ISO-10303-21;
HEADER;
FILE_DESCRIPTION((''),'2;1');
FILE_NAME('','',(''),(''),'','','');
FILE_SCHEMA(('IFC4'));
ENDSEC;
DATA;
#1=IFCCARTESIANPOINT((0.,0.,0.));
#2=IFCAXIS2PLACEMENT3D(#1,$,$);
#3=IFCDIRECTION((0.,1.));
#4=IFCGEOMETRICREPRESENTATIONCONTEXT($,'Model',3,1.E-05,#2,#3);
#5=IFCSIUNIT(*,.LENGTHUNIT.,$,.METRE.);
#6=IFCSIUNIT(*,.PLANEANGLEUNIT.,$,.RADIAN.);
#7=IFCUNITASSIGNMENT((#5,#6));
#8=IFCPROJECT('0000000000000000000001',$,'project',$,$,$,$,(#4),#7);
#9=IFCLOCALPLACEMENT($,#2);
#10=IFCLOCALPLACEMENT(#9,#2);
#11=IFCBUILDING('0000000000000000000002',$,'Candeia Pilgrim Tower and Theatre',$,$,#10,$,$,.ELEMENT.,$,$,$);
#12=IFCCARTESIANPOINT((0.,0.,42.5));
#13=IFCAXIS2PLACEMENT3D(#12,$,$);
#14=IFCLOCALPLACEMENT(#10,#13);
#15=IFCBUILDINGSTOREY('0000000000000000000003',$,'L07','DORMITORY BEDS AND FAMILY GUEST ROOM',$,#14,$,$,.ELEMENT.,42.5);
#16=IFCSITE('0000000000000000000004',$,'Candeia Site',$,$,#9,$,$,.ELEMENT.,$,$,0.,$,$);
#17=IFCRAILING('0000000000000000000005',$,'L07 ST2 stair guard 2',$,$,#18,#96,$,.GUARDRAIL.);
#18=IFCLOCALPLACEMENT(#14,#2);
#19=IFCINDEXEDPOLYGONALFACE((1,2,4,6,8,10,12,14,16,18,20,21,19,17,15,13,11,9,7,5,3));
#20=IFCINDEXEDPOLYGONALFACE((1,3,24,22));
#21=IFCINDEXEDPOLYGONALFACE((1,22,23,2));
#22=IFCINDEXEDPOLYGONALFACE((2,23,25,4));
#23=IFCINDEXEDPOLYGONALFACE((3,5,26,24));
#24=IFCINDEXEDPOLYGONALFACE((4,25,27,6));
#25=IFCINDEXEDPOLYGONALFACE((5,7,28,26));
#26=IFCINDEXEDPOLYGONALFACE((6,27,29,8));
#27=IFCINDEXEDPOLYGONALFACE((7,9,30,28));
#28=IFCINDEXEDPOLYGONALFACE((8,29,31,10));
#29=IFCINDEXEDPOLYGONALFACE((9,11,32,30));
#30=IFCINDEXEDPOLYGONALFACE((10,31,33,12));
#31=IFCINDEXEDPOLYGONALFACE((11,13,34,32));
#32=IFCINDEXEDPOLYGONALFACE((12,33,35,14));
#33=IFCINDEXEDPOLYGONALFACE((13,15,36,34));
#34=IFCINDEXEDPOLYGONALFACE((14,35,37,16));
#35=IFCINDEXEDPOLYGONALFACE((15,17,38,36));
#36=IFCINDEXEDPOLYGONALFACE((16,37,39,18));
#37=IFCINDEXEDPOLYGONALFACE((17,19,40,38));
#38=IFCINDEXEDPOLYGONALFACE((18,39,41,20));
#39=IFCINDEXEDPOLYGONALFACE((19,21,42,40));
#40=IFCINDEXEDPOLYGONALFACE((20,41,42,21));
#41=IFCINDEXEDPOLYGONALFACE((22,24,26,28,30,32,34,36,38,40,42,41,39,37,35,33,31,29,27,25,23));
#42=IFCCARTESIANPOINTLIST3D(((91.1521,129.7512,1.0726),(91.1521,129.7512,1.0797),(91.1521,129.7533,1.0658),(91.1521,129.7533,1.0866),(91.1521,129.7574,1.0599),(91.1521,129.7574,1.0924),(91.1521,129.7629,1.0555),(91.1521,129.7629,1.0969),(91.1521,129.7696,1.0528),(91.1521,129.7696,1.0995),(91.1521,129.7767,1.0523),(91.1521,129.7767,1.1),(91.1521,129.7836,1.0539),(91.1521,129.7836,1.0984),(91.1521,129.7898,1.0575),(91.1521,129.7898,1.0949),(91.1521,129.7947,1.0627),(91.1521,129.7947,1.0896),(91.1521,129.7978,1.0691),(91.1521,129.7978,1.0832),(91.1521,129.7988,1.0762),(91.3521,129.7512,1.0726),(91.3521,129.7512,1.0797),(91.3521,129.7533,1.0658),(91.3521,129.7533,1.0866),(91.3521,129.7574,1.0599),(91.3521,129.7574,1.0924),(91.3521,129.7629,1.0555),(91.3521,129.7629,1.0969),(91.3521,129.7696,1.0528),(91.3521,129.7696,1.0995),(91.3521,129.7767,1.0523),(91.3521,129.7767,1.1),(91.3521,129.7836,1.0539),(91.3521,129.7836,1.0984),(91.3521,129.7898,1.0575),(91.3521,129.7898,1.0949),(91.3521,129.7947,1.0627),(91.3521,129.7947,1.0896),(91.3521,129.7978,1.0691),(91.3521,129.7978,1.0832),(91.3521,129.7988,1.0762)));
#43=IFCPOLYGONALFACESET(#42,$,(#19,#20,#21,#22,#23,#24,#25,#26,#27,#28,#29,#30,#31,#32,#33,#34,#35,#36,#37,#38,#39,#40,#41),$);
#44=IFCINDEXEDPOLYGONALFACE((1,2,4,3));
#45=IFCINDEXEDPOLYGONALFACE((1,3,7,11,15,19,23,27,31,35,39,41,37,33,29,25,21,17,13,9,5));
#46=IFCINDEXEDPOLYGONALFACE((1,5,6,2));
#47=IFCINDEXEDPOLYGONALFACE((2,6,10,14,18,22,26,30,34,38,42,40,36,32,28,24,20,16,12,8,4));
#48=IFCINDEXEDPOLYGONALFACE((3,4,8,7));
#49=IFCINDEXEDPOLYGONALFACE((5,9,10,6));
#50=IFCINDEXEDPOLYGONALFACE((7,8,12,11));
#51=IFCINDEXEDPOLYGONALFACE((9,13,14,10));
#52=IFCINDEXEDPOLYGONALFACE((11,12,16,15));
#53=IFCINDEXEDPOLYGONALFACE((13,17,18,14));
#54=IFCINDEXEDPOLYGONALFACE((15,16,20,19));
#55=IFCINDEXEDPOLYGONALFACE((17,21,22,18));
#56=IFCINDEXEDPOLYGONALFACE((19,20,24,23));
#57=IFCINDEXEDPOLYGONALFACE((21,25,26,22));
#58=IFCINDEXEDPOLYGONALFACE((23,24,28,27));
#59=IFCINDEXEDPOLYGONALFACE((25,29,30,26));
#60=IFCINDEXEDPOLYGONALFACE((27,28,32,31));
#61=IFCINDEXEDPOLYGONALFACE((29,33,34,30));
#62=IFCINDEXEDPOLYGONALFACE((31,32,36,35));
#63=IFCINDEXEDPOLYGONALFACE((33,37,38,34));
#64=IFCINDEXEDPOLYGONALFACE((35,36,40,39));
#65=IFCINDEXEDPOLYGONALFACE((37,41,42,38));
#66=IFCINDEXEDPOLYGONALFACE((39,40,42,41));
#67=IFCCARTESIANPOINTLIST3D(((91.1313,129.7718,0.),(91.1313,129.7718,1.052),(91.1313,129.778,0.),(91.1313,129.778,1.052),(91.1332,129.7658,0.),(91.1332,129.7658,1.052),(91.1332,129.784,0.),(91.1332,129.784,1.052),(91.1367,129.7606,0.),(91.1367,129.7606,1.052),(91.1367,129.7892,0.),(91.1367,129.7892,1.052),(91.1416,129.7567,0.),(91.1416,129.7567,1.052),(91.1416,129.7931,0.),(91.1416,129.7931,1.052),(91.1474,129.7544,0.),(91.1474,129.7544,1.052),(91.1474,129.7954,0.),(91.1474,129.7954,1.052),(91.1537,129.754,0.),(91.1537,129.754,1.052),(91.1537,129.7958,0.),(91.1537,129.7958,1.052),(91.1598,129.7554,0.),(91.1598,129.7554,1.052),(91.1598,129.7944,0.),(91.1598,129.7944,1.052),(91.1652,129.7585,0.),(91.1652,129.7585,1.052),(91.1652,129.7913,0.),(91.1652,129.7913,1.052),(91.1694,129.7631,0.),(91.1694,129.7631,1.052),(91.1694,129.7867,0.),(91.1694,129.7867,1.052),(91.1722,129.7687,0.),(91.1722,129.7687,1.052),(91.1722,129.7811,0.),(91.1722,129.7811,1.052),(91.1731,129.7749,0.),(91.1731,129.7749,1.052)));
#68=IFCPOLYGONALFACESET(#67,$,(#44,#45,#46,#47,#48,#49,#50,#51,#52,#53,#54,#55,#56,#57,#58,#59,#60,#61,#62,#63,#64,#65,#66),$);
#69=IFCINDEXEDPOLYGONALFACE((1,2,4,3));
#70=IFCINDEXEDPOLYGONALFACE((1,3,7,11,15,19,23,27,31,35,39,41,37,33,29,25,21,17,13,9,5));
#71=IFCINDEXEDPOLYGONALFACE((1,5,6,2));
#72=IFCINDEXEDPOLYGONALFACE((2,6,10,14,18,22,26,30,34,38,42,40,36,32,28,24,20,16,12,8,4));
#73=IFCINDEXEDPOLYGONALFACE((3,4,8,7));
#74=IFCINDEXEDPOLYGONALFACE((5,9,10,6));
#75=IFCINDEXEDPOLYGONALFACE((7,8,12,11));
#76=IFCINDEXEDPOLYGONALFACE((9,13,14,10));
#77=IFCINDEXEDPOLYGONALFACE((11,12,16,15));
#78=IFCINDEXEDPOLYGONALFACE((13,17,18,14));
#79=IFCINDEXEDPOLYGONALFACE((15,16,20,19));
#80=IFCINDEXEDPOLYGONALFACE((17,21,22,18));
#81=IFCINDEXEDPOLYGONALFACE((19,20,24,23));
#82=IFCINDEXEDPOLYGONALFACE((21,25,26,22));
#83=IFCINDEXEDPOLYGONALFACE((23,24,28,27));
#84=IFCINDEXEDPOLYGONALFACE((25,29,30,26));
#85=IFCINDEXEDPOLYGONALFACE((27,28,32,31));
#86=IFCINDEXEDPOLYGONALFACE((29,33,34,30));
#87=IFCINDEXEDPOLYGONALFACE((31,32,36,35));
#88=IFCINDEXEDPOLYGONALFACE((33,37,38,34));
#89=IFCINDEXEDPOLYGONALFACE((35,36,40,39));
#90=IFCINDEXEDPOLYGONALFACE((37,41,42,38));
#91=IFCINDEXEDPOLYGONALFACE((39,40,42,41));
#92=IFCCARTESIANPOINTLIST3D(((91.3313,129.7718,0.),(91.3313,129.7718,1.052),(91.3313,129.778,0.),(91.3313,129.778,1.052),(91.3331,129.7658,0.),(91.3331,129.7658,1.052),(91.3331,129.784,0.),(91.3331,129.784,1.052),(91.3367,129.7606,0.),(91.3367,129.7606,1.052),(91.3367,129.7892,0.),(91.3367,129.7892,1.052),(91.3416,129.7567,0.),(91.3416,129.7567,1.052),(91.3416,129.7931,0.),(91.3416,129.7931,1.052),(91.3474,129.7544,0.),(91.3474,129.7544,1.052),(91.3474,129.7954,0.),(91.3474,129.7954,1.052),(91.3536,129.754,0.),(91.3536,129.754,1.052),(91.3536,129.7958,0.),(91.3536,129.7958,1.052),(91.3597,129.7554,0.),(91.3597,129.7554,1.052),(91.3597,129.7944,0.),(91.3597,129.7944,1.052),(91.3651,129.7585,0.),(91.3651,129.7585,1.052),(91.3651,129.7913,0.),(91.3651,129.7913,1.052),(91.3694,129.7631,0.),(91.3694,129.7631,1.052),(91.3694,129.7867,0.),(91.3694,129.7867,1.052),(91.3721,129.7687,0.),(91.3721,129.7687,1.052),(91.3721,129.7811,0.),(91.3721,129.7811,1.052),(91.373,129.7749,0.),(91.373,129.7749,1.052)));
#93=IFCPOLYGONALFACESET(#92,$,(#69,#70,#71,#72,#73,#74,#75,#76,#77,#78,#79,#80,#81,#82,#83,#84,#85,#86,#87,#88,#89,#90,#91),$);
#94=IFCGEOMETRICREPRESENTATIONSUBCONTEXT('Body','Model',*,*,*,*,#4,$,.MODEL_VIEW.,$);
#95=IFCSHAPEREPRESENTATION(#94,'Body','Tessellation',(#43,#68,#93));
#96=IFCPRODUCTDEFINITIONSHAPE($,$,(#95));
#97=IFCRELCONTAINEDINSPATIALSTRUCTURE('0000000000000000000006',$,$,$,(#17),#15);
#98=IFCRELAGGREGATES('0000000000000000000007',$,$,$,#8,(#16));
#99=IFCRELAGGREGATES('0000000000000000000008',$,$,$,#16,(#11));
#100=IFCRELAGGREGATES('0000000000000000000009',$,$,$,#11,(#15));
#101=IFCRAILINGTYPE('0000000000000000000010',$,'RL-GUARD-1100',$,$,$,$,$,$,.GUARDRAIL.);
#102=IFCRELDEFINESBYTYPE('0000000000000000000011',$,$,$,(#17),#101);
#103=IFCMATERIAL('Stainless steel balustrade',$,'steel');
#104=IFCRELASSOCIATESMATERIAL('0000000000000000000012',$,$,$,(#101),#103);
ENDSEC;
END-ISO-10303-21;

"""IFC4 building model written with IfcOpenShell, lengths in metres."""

from ifc_helpers import new_model, si_unit, direction, frame, origin, origin_2d, place, context, subcontext, project, spatial, circle, extrude, material, type_object, element, save


model = new_model("IFC4")

# Units and contexts
model_context = context("Model", 3, precision=1e-05, world=origin(), true_north=direction((0.0, 1.0)))
body_context = subcontext(model_context, "Body", "Model", "MODEL_VIEW")
ifc_project = project(units=[si_unit("LENGTHUNIT", "METRE"), si_unit("PLANEANGLEUNIT", "RADIAN")], contexts=[model_context])

# Site, building, storey
site_placement = place(None, origin())
site = spatial("IfcSite", under=ifc_project, at=site_placement, Name="Candeia Site", CompositionType="ELEMENT", RefElevation=0.0)
building_placement = place(site_placement, origin())
building = spatial("IfcBuilding", under=site, at=building_placement, Name="Candeia Pilgrim Tower and Theatre", CompositionType="ELEMENT")
storey_placement = place(building_placement, frame((0.0, 0.0, 42.5)))
storey = spatial("IfcBuildingStorey", under=building, at=storey_placement, Name="L07", Description="DORMITORY BEDS AND FAMILY GUEST ROOM", CompositionType="ELEMENT", Elevation=42.5)

# Railing
ifc_material_1 = material(Name="Stainless steel balustrade", Category="steel")
railing_type_1 = type_object("IfcRailingType", Name="RL-GUARD-1100", PredefinedType="GUARDRAIL", material=ifc_material_1)
railing_1_placement = place(storey_placement, frame((91.1521, 129.7749, 0.0)))
element("IfcRailing", 1, at=railing_1_placement, inside=storey, type_object=railing_type_1, Name="L07 ST2 stair guard 2", PredefinedType="GUARDRAIL", context=body_context, shape_type="SweptSolid", body=[
    extrude(circle(Radius=0.0239, at=origin_2d()), frame((0.0, 0.0, 1.0762), z_axis=(1.0, 0.0, 0.0), x_axis=(0.0, 1.0, 0.0)), (0.0, 0.0, 1.0), 0.2),
    extrude(circle(Radius=0.021, at=origin_2d()), origin(), (0.0, 0.0, 1.0), 1.052),
    extrude(circle(Radius=0.021, at=origin_2d()), frame((0.2, 0.0, 0.0)), (0.0, 0.0, 1.0), 1.052),
])

save(model, "model.ifc")
